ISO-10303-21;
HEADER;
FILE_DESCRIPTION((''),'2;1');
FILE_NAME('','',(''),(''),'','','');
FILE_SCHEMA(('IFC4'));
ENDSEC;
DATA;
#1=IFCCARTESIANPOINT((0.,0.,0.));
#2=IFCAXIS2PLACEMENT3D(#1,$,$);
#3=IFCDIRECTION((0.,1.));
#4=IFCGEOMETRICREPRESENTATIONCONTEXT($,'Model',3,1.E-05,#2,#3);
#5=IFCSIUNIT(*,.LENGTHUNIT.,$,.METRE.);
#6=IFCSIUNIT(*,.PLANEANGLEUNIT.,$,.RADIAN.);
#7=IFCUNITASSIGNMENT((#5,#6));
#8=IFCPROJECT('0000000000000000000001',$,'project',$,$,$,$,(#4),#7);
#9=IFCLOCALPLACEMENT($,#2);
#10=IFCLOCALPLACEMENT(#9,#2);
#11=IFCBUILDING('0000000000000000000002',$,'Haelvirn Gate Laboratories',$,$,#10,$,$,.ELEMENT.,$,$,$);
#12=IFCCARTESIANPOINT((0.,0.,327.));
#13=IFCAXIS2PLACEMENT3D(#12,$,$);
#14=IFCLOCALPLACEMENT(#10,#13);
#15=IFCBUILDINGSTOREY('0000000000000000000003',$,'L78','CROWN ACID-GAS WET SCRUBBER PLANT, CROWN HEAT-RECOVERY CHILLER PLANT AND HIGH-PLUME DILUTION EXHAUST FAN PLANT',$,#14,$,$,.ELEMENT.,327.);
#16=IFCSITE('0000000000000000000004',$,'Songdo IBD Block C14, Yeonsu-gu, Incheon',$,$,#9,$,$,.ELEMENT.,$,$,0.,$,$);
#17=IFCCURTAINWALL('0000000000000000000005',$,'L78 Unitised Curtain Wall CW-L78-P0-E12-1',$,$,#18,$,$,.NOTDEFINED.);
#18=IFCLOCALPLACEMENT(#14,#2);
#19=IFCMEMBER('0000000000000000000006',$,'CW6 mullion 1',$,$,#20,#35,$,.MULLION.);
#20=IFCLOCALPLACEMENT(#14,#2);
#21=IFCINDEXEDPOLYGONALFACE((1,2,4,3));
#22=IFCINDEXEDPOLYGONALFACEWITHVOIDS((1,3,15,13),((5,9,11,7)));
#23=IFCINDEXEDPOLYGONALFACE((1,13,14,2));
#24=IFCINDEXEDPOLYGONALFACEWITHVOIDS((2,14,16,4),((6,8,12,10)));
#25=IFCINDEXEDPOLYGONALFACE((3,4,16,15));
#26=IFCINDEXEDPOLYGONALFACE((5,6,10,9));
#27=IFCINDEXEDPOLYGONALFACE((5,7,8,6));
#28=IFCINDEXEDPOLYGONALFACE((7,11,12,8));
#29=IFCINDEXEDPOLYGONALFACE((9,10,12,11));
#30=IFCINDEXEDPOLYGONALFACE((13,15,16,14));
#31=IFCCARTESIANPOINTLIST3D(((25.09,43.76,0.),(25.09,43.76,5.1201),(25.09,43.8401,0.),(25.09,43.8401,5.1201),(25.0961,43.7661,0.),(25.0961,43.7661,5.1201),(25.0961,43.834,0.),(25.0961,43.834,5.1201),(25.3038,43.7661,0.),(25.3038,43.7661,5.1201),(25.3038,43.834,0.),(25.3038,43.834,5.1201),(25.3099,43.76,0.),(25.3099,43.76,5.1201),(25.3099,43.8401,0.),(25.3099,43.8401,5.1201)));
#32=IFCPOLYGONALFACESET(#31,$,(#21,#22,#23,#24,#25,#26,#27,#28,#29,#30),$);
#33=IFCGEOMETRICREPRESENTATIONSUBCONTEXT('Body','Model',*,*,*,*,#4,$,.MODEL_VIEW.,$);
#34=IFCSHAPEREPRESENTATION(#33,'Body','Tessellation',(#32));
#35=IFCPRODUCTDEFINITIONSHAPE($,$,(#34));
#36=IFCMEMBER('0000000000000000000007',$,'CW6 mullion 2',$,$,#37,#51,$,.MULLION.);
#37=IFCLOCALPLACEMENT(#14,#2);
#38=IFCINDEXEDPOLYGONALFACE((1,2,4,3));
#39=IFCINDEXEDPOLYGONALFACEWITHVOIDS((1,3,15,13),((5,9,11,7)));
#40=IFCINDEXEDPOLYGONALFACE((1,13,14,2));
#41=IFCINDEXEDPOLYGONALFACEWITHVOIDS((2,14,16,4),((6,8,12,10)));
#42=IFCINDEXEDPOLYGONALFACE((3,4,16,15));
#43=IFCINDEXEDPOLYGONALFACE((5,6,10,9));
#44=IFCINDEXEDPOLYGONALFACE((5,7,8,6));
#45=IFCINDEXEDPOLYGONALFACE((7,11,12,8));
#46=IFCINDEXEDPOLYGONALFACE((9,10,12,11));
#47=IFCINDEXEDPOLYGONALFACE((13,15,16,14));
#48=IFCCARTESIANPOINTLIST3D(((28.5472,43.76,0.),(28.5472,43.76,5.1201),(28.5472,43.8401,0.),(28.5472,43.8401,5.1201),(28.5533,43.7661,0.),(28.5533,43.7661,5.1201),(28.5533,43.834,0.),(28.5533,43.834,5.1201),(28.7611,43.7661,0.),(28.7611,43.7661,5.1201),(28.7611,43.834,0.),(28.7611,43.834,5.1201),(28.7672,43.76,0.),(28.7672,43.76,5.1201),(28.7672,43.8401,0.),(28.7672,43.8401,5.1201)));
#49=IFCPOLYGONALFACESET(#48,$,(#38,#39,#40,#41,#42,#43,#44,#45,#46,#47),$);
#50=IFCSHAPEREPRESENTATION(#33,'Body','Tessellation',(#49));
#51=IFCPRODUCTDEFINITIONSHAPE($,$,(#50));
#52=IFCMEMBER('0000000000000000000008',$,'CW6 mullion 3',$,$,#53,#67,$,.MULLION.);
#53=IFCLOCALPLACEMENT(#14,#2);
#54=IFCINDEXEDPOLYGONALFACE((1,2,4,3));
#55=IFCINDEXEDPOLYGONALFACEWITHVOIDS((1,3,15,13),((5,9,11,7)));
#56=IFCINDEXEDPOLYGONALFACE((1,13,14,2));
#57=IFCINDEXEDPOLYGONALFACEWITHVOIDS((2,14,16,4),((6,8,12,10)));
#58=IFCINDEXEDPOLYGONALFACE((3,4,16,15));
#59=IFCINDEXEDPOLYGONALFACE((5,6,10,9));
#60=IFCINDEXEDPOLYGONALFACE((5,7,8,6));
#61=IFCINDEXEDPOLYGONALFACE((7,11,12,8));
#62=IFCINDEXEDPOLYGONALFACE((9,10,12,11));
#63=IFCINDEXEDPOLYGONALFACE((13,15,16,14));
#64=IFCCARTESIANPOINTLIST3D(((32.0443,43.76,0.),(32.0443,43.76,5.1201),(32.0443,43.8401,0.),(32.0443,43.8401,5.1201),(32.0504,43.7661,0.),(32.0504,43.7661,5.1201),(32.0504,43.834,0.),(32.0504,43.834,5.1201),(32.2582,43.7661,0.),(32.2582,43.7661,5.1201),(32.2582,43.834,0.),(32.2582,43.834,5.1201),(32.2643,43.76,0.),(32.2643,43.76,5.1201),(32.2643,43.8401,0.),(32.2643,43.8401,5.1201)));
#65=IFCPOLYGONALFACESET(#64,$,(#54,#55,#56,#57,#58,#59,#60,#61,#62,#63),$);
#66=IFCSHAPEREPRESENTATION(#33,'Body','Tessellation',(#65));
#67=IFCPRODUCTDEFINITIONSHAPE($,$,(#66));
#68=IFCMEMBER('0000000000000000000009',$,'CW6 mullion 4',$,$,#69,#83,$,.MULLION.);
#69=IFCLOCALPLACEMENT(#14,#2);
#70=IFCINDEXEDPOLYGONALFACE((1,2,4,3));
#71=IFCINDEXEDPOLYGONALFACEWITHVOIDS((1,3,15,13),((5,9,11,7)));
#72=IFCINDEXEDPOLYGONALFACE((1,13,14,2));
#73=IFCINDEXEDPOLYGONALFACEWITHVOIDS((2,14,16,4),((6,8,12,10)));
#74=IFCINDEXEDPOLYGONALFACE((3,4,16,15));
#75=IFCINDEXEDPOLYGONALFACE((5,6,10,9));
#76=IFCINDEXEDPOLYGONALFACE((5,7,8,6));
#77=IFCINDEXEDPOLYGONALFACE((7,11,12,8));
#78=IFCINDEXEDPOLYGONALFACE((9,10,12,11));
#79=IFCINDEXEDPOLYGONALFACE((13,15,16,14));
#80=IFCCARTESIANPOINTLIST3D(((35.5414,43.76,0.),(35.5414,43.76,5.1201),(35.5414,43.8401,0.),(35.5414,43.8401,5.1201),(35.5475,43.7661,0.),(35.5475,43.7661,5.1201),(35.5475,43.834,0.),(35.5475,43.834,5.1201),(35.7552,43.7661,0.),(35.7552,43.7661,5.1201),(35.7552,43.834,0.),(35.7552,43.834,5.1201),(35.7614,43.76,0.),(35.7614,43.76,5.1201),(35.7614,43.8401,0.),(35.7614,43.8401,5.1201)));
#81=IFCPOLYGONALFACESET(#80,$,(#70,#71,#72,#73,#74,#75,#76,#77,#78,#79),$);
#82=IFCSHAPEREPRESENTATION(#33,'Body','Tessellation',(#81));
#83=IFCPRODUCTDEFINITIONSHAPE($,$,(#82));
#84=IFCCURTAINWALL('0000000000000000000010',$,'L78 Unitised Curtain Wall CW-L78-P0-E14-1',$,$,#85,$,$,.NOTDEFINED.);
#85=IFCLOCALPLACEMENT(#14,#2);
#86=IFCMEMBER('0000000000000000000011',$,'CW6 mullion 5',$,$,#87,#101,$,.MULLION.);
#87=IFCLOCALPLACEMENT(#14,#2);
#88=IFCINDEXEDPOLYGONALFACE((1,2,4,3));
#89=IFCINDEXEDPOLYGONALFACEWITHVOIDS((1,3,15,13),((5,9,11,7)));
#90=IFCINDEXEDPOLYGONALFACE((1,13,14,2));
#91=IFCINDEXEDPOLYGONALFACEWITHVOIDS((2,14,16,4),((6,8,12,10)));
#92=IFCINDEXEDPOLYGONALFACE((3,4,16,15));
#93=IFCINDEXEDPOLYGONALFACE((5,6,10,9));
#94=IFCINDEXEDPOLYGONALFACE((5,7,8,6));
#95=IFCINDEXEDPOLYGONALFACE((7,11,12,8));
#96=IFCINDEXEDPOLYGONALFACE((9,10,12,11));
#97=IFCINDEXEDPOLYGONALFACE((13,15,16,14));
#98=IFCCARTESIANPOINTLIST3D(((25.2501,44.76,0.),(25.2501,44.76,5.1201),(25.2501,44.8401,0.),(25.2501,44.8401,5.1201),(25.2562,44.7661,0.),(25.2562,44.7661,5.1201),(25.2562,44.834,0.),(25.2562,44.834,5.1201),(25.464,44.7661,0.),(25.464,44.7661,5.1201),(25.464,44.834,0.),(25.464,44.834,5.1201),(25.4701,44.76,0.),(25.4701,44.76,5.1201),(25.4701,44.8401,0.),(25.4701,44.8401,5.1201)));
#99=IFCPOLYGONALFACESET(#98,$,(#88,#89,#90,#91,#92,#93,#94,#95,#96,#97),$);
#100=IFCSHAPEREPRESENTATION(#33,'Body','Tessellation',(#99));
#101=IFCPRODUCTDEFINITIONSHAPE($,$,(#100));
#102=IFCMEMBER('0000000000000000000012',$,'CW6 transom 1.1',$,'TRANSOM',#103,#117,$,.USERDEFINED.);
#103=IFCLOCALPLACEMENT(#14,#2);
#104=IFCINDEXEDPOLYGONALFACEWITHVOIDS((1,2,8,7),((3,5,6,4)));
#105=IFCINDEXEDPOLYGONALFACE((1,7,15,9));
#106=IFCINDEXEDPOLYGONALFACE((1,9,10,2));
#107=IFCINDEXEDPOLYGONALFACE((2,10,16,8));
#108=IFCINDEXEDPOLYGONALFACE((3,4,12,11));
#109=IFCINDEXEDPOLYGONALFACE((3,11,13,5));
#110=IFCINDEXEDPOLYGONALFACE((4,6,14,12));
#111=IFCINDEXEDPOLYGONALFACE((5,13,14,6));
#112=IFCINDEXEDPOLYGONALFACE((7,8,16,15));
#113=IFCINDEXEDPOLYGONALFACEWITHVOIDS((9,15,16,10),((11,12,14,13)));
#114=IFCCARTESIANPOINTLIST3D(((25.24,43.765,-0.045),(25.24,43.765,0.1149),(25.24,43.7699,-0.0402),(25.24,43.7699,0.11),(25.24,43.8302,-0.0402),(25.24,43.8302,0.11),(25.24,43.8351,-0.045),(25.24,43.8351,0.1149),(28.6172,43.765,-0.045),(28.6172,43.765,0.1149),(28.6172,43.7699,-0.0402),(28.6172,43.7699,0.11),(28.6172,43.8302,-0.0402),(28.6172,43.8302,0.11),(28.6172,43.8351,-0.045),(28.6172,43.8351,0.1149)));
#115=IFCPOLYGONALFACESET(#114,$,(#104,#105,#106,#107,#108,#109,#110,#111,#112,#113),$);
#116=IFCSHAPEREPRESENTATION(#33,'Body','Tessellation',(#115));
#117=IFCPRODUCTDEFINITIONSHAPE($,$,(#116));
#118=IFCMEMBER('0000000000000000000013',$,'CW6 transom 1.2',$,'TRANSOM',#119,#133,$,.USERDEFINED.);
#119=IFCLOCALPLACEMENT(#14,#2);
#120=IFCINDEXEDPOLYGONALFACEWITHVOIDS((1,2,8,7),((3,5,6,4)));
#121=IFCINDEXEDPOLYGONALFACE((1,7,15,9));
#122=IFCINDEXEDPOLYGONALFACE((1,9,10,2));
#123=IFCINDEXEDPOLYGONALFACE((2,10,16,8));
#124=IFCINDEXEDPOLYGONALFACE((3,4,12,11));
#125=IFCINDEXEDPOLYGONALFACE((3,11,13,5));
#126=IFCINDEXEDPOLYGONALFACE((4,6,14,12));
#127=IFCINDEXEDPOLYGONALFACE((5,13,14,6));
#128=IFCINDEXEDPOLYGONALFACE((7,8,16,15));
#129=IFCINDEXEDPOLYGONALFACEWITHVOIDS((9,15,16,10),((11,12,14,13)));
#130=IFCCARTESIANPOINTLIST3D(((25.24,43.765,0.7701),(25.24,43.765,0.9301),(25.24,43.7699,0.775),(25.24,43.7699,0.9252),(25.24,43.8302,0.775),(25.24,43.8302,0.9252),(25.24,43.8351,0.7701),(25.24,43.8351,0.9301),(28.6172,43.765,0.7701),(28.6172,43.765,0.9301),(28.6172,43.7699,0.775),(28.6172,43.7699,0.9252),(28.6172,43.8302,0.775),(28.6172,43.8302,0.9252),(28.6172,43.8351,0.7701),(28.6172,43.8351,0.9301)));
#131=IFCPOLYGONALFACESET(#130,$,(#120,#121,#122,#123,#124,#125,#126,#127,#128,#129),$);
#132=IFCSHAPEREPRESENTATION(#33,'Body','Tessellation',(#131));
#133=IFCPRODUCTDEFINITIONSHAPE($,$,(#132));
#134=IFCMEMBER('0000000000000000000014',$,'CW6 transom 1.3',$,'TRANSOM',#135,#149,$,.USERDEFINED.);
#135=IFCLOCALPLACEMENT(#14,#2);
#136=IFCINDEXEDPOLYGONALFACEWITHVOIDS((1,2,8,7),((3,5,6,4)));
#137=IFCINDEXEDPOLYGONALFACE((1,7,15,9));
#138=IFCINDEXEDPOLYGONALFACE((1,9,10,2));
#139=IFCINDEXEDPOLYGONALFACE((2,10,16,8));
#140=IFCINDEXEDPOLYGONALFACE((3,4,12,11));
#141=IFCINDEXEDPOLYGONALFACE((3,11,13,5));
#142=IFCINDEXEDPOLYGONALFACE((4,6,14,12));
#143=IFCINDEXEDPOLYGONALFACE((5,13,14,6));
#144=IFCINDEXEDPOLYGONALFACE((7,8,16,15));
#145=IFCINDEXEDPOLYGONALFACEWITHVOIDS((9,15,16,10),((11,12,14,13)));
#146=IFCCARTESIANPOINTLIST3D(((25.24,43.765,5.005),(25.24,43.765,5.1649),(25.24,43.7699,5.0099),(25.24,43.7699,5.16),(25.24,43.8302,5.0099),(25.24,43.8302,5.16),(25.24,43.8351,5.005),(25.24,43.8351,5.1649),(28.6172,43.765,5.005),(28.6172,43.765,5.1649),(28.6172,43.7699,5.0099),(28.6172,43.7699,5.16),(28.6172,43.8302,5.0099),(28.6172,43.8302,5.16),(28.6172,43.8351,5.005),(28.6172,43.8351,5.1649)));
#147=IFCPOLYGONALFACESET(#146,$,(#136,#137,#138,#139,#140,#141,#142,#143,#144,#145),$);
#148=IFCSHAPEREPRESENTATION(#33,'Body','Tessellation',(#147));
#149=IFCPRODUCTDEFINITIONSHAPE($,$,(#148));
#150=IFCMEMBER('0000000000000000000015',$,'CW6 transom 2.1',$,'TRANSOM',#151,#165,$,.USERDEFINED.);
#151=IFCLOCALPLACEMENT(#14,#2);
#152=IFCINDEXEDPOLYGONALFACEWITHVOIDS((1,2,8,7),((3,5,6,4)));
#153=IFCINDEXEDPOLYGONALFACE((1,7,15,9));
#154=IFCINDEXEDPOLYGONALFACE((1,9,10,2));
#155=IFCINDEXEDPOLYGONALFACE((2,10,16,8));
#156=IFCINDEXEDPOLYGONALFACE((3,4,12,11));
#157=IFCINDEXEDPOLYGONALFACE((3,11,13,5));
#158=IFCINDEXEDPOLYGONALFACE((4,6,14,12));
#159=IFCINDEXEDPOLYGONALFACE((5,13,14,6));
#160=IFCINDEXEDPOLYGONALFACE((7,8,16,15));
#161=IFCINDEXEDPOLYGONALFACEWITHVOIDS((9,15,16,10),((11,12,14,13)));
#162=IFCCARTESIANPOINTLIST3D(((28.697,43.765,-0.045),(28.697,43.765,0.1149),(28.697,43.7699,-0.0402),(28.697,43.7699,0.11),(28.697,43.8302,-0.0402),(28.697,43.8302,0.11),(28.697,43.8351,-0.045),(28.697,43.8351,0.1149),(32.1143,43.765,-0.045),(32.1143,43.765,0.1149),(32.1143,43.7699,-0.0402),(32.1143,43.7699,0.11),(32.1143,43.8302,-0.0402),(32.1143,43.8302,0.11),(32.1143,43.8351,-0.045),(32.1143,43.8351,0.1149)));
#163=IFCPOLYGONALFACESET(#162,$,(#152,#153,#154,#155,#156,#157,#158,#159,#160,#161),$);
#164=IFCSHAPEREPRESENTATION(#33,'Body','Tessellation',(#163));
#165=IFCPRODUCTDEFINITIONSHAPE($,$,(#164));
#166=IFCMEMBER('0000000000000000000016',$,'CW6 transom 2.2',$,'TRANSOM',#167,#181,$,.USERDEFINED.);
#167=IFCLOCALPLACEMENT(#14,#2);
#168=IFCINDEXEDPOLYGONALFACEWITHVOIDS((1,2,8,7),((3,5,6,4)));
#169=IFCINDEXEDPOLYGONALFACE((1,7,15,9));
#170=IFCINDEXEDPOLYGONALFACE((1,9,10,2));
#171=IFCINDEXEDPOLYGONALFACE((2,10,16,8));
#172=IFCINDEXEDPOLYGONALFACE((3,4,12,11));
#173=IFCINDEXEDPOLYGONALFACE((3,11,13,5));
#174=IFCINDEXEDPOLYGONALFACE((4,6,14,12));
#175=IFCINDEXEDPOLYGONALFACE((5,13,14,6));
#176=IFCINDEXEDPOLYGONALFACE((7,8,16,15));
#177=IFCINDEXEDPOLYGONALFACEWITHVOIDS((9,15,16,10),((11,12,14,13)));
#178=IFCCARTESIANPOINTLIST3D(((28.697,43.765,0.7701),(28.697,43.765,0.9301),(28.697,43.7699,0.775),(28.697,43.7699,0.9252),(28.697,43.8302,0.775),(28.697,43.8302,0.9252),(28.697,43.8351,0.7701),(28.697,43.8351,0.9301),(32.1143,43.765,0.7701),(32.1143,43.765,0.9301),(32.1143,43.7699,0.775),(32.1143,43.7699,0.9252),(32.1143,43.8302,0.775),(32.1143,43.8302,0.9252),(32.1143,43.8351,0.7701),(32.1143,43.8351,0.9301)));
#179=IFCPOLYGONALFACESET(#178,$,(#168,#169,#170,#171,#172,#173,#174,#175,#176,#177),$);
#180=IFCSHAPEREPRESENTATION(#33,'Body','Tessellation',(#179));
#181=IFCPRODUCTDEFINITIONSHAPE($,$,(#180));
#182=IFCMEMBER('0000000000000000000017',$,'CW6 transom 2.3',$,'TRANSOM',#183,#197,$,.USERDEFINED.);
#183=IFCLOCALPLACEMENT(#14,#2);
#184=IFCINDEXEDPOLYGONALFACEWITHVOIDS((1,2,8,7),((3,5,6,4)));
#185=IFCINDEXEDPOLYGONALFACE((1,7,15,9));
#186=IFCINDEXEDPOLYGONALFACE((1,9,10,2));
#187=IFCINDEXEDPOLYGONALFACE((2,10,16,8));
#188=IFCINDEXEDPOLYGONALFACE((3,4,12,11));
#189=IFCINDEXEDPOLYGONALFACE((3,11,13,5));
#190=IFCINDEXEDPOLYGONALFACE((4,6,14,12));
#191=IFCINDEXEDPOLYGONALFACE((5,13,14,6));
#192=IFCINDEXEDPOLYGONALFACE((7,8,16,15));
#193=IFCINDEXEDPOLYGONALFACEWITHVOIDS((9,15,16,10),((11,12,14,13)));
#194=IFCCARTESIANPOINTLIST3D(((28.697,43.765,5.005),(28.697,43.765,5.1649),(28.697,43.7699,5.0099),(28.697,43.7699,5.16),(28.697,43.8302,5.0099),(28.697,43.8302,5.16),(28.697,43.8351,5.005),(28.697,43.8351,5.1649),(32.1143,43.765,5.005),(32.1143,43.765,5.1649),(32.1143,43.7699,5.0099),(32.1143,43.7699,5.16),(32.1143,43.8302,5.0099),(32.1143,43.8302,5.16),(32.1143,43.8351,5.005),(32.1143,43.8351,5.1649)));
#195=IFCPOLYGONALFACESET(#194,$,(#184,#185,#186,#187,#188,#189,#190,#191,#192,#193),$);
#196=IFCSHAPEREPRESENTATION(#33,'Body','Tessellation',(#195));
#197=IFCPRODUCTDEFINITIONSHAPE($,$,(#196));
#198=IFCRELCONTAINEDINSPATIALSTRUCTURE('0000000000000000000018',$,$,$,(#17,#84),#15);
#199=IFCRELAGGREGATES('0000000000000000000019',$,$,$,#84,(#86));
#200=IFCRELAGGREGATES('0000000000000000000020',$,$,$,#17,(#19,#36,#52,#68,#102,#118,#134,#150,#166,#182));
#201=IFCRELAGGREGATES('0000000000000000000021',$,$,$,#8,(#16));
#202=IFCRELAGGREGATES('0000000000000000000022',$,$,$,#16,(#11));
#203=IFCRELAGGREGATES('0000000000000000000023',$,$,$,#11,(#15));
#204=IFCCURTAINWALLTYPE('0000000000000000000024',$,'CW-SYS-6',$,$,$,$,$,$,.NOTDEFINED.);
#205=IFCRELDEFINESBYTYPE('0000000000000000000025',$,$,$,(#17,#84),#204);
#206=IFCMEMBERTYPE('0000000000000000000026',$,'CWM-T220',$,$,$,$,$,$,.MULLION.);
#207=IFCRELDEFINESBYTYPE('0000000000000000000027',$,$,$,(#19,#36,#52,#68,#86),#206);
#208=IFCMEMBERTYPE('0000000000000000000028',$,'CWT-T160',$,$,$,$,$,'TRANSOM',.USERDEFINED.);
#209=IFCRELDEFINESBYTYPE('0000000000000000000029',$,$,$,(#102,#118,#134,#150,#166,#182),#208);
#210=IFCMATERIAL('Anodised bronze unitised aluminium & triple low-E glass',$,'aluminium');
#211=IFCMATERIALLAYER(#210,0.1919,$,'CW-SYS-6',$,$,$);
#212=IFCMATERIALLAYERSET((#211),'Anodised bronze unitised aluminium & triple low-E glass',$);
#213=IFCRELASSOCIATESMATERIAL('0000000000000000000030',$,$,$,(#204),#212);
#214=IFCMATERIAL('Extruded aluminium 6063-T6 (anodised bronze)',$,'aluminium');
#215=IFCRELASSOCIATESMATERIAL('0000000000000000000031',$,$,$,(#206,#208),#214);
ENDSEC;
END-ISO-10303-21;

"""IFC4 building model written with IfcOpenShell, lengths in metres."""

from ifc_helpers import new_model, si_unit, direction, frame, origin, origin_2d, place, context, subcontext, project, spatial, hollow_rectangle, extrude, source, transform, mapped, material, layer, layer_set, material_profile, profile_set, type_object, type_shapes, element, aggregate, save


model = new_model("IFC4")

# Units and contexts
model_context = context("Model", 3, precision=1e-05, world=origin(), true_north=direction((0.0, 1.0)))
body_context = subcontext(model_context, "Body", "Model", "MODEL_VIEW")
ifc_project = project(units=[si_unit("LENGTHUNIT", "METRE"), si_unit("PLANEANGLEUNIT", "RADIAN")], contexts=[model_context])

# Site, building, storey
site_placement = place(None, origin())
site = spatial("IfcSite", under=ifc_project, at=site_placement, Name="Songdo IBD Block C14, Yeonsu-gu, Incheon", CompositionType="ELEMENT", RefElevation=0.0)
building_placement = place(site_placement, origin())
building = spatial("IfcBuilding", under=site, at=building_placement, Name="Haelvirn Gate Laboratories", CompositionType="ELEMENT")
storey_placement = place(building_placement, frame((0.0, 0.0, 327.0)))
storey = spatial("IfcBuildingStorey", under=building, at=storey_placement, Name="L78", Description="CROWN ACID-GAS WET SCRUBBER PLANT, CROWN HEAT-RECOVERY CHILLER PLANT AND HIGH-PLUME DILUTION EXHAUST FAN PLANT", CompositionType="ELEMENT", Elevation=327.0)

# Curtain wall, members
ifc_material_1 = material(Name="Anodised bronze unitised aluminium & triple low-E glass", Category="aluminium")
ifc_layer_1 = layer(ifc_material_1, 0.1919, Name="CW-SYS-6")
ifc_layer_set_1 = layer_set([ifc_layer_1], Name="Anodised bronze unitised aluminium & triple low-E glass")
curtain_wall_type = type_object("IfcCurtainWallType", Name="CW-SYS-6", PredefinedType="NOTDEFINED", material=ifc_layer_set_1)
curtain_wall_1_placement = place(storey_placement, origin())
curtain_wall_1 = element("IfcCurtainWall", 1, at=curtain_wall_1_placement, inside=storey, type_object=curtain_wall_type, Name="L78 Unitised Curtain Wall CW-L78-P0-E12-1", PredefinedType="NOTDEFINED")
ifc_material_2 = material(Name="Extruded aluminium 6063-T6 (anodised bronze)", Category="aluminium")
ifc_material_profile_1 = material_profile(ifc_material_2, hollow_rectangle(XDim=0.0801, YDim=0.22, WallThickness=0.0061, at=origin_2d()), Name="CWM-220x80x6")
ifc_profile_set_1 = profile_set([ifc_material_profile_1], Name="Extruded aluminium 6063-T6 (anodised bronze)")
member_type_1 = type_object("IfcMemberType", Name="CWM-T220", PredefinedType="MULLION", material=ifc_profile_set_1)
shared_shape_1 = source(origin(), body_context, "Body", "SweptSolid", [
    extrude(hollow_rectangle(XDim=0.0801, YDim=0.22, WallThickness=0.0061, at=origin_2d()), origin(), (0.0, 0.0, 1.0), 5.1201),
])
type_shapes(member_type_1, [shared_shape_1])
member_1_placement = place(storey_placement, frame((25.2, 43.8, 0.0), z_axis=(0.0, 0.0, 1.0), x_axis=(0.0, 1.0, 0.0)))
member_1 = element("IfcMember", 2, at=member_1_placement, type_object=member_type_1, Name="CW6 mullion 1", PredefinedType="MULLION", context=body_context, shape_type="MappedRepresentation", body=[
    mapped(shared_shape_1, transform((0.0, 0.0, 0.0), scale=1.0)),
])
member_2_placement = place(storey_placement, frame((28.6572, 43.8, 0.0), z_axis=(0.0, 0.0, 1.0), x_axis=(0.0, 1.0, 0.0)))
member_2 = element("IfcMember", 3, at=member_2_placement, type_object=member_type_1, Name="CW6 mullion 2", PredefinedType="MULLION", context=body_context, shape_type="MappedRepresentation", body=[
    mapped(shared_shape_1, transform((0.0, 0.0, 0.0), scale=1.0)),
])
member_3_placement = place(storey_placement, frame((32.1543, 43.8, 0.0), z_axis=(0.0, 0.0, 1.0), x_axis=(0.0, 1.0, 0.0)))
member_3 = element("IfcMember", 4, at=member_3_placement, type_object=member_type_1, Name="CW6 mullion 3", PredefinedType="MULLION", context=body_context, shape_type="MappedRepresentation", body=[
    mapped(shared_shape_1, transform((0.0, 0.0, 0.0), scale=1.0)),
])
member_4_placement = place(storey_placement, frame((35.6514, 43.8, 0.0), z_axis=(0.0, 0.0, 1.0), x_axis=(0.0, 1.0, 0.0)))
member_4 = element("IfcMember", 5, at=member_4_placement, type_object=member_type_1, Name="CW6 mullion 4", PredefinedType="MULLION", context=body_context, shape_type="MappedRepresentation", body=[
    mapped(shared_shape_1, transform((0.0, 0.0, 0.0), scale=1.0)),
])

# Curtain wall, member
curtain_wall_2_placement = place(storey_placement, origin())
curtain_wall_2 = element("IfcCurtainWall", 6, at=curtain_wall_2_placement, inside=storey, type_object=curtain_wall_type, Name="L78 Unitised Curtain Wall CW-L78-P0-E14-1", PredefinedType="NOTDEFINED")
member_5_placement = place(storey_placement, frame((25.3601, 44.8, 0.0), z_axis=(0.0, 0.0, 1.0), x_axis=(0.0, 1.0, 0.0)))
member_5 = element("IfcMember", 7, at=member_5_placement, type_object=member_type_1, Name="CW6 mullion 5", PredefinedType="MULLION", context=body_context, shape_type="MappedRepresentation", body=[
    mapped(shared_shape_1, transform((0.0, 0.0, 0.0), scale=1.0)),
])
aggregate(curtain_wall_2, [member_5])

# Members
ifc_material_profile_2 = material_profile(ifc_material_2, hollow_rectangle(XDim=0.0701, YDim=0.1599, WallThickness=0.0049, at=origin_2d()), Name="CWT-160x70x5")
ifc_profile_set_2 = profile_set([ifc_material_profile_2], Name="Extruded aluminium 6063-T6 (anodised bronze)")
member_type_2 = type_object("IfcMemberType", Name="CWT-T160", ElementType="TRANSOM", PredefinedType="USERDEFINED", material=ifc_profile_set_2)
shared_shape_2 = source(origin(), body_context, "Body", "SweptSolid", [
    extrude(hollow_rectangle(XDim=0.0701, YDim=0.1599, WallThickness=0.0049, at=origin_2d()), origin(), (0.0, 0.0, 1.0), 3.3772),
])
member_6_placement = place(storey_placement, frame((25.24, 43.8, 0.0349), z_axis=(1.0, 0.0, 0.0), x_axis=(0.0, 1.0, 0.0)))
member_6 = element("IfcMember", 8, at=member_6_placement, type_object=member_type_2, Name="CW6 transom 1.1", ObjectType="TRANSOM", PredefinedType="USERDEFINED", context=body_context, shape_type="MappedRepresentation", body=[
    mapped(shared_shape_2, transform((0.0, 0.0, 0.0), scale=1.0)),
])
member_7_placement = place(storey_placement, frame((25.24, 43.8, 0.8501), z_axis=(1.0, 0.0, 0.0), x_axis=(0.0, 1.0, 0.0)))
member_7 = element("IfcMember", 9, at=member_7_placement, type_object=member_type_2, Name="CW6 transom 1.2", ObjectType="TRANSOM", PredefinedType="USERDEFINED", context=body_context, shape_type="MappedRepresentation", body=[
    mapped(shared_shape_2, transform((0.0, 0.0, 0.0), scale=1.0)),
])
member_8_placement = place(storey_placement, frame((25.24, 43.8, 5.085), z_axis=(1.0, 0.0, 0.0), x_axis=(0.0, 1.0, 0.0)))
member_8 = element("IfcMember", 10, at=member_8_placement, type_object=member_type_2, Name="CW6 transom 1.3", ObjectType="TRANSOM", PredefinedType="USERDEFINED", context=body_context, shape_type="MappedRepresentation", body=[
    mapped(shared_shape_2, transform((0.0, 0.0, 0.0), scale=1.0)),
])
shared_shape_3 = source(origin(), body_context, "Body", "SweptSolid", [
    extrude(hollow_rectangle(XDim=0.0701, YDim=0.1599, WallThickness=0.0049, at=origin_2d()), origin(), (0.0, 0.0, 1.0), 3.4172),
])
member_9_placement = place(storey_placement, frame((28.697, 43.8, 0.0349), z_axis=(1.0, 0.0, 0.0), x_axis=(0.0, 1.0, 0.0)))
member_9 = element("IfcMember", 11, at=member_9_placement, type_object=member_type_2, Name="CW6 transom 2.1", ObjectType="TRANSOM", PredefinedType="USERDEFINED", context=body_context, shape_type="MappedRepresentation", body=[
    mapped(shared_shape_3, transform((0.0, 0.0, 0.0), scale=1.0)),
])
member_10_placement = place(storey_placement, frame((28.697, 43.8, 0.8501), z_axis=(1.0, 0.0, 0.0), x_axis=(0.0, 1.0, 0.0)))
member_10 = element("IfcMember", 12, at=member_10_placement, type_object=member_type_2, Name="CW6 transom 2.2", ObjectType="TRANSOM", PredefinedType="USERDEFINED", context=body_context, shape_type="MappedRepresentation", body=[
    mapped(shared_shape_3, transform((0.0, 0.0, 0.0), scale=1.0)),
])
member_11_placement = place(storey_placement, frame((28.697, 43.8, 5.085), z_axis=(1.0, 0.0, 0.0), x_axis=(0.0, 1.0, 0.0)))
member_11 = element("IfcMember", 13, at=member_11_placement, type_object=member_type_2, Name="CW6 transom 2.3", ObjectType="TRANSOM", PredefinedType="USERDEFINED", context=body_context, shape_type="MappedRepresentation", body=[
    mapped(shared_shape_3, transform((0.0, 0.0, 0.0), scale=1.0)),
])

aggregate(curtain_wall_1, [member_1, member_2, member_3, member_4, member_6, member_7, member_8, member_9, member_10, member_11])

save(model, "model.ifc")
